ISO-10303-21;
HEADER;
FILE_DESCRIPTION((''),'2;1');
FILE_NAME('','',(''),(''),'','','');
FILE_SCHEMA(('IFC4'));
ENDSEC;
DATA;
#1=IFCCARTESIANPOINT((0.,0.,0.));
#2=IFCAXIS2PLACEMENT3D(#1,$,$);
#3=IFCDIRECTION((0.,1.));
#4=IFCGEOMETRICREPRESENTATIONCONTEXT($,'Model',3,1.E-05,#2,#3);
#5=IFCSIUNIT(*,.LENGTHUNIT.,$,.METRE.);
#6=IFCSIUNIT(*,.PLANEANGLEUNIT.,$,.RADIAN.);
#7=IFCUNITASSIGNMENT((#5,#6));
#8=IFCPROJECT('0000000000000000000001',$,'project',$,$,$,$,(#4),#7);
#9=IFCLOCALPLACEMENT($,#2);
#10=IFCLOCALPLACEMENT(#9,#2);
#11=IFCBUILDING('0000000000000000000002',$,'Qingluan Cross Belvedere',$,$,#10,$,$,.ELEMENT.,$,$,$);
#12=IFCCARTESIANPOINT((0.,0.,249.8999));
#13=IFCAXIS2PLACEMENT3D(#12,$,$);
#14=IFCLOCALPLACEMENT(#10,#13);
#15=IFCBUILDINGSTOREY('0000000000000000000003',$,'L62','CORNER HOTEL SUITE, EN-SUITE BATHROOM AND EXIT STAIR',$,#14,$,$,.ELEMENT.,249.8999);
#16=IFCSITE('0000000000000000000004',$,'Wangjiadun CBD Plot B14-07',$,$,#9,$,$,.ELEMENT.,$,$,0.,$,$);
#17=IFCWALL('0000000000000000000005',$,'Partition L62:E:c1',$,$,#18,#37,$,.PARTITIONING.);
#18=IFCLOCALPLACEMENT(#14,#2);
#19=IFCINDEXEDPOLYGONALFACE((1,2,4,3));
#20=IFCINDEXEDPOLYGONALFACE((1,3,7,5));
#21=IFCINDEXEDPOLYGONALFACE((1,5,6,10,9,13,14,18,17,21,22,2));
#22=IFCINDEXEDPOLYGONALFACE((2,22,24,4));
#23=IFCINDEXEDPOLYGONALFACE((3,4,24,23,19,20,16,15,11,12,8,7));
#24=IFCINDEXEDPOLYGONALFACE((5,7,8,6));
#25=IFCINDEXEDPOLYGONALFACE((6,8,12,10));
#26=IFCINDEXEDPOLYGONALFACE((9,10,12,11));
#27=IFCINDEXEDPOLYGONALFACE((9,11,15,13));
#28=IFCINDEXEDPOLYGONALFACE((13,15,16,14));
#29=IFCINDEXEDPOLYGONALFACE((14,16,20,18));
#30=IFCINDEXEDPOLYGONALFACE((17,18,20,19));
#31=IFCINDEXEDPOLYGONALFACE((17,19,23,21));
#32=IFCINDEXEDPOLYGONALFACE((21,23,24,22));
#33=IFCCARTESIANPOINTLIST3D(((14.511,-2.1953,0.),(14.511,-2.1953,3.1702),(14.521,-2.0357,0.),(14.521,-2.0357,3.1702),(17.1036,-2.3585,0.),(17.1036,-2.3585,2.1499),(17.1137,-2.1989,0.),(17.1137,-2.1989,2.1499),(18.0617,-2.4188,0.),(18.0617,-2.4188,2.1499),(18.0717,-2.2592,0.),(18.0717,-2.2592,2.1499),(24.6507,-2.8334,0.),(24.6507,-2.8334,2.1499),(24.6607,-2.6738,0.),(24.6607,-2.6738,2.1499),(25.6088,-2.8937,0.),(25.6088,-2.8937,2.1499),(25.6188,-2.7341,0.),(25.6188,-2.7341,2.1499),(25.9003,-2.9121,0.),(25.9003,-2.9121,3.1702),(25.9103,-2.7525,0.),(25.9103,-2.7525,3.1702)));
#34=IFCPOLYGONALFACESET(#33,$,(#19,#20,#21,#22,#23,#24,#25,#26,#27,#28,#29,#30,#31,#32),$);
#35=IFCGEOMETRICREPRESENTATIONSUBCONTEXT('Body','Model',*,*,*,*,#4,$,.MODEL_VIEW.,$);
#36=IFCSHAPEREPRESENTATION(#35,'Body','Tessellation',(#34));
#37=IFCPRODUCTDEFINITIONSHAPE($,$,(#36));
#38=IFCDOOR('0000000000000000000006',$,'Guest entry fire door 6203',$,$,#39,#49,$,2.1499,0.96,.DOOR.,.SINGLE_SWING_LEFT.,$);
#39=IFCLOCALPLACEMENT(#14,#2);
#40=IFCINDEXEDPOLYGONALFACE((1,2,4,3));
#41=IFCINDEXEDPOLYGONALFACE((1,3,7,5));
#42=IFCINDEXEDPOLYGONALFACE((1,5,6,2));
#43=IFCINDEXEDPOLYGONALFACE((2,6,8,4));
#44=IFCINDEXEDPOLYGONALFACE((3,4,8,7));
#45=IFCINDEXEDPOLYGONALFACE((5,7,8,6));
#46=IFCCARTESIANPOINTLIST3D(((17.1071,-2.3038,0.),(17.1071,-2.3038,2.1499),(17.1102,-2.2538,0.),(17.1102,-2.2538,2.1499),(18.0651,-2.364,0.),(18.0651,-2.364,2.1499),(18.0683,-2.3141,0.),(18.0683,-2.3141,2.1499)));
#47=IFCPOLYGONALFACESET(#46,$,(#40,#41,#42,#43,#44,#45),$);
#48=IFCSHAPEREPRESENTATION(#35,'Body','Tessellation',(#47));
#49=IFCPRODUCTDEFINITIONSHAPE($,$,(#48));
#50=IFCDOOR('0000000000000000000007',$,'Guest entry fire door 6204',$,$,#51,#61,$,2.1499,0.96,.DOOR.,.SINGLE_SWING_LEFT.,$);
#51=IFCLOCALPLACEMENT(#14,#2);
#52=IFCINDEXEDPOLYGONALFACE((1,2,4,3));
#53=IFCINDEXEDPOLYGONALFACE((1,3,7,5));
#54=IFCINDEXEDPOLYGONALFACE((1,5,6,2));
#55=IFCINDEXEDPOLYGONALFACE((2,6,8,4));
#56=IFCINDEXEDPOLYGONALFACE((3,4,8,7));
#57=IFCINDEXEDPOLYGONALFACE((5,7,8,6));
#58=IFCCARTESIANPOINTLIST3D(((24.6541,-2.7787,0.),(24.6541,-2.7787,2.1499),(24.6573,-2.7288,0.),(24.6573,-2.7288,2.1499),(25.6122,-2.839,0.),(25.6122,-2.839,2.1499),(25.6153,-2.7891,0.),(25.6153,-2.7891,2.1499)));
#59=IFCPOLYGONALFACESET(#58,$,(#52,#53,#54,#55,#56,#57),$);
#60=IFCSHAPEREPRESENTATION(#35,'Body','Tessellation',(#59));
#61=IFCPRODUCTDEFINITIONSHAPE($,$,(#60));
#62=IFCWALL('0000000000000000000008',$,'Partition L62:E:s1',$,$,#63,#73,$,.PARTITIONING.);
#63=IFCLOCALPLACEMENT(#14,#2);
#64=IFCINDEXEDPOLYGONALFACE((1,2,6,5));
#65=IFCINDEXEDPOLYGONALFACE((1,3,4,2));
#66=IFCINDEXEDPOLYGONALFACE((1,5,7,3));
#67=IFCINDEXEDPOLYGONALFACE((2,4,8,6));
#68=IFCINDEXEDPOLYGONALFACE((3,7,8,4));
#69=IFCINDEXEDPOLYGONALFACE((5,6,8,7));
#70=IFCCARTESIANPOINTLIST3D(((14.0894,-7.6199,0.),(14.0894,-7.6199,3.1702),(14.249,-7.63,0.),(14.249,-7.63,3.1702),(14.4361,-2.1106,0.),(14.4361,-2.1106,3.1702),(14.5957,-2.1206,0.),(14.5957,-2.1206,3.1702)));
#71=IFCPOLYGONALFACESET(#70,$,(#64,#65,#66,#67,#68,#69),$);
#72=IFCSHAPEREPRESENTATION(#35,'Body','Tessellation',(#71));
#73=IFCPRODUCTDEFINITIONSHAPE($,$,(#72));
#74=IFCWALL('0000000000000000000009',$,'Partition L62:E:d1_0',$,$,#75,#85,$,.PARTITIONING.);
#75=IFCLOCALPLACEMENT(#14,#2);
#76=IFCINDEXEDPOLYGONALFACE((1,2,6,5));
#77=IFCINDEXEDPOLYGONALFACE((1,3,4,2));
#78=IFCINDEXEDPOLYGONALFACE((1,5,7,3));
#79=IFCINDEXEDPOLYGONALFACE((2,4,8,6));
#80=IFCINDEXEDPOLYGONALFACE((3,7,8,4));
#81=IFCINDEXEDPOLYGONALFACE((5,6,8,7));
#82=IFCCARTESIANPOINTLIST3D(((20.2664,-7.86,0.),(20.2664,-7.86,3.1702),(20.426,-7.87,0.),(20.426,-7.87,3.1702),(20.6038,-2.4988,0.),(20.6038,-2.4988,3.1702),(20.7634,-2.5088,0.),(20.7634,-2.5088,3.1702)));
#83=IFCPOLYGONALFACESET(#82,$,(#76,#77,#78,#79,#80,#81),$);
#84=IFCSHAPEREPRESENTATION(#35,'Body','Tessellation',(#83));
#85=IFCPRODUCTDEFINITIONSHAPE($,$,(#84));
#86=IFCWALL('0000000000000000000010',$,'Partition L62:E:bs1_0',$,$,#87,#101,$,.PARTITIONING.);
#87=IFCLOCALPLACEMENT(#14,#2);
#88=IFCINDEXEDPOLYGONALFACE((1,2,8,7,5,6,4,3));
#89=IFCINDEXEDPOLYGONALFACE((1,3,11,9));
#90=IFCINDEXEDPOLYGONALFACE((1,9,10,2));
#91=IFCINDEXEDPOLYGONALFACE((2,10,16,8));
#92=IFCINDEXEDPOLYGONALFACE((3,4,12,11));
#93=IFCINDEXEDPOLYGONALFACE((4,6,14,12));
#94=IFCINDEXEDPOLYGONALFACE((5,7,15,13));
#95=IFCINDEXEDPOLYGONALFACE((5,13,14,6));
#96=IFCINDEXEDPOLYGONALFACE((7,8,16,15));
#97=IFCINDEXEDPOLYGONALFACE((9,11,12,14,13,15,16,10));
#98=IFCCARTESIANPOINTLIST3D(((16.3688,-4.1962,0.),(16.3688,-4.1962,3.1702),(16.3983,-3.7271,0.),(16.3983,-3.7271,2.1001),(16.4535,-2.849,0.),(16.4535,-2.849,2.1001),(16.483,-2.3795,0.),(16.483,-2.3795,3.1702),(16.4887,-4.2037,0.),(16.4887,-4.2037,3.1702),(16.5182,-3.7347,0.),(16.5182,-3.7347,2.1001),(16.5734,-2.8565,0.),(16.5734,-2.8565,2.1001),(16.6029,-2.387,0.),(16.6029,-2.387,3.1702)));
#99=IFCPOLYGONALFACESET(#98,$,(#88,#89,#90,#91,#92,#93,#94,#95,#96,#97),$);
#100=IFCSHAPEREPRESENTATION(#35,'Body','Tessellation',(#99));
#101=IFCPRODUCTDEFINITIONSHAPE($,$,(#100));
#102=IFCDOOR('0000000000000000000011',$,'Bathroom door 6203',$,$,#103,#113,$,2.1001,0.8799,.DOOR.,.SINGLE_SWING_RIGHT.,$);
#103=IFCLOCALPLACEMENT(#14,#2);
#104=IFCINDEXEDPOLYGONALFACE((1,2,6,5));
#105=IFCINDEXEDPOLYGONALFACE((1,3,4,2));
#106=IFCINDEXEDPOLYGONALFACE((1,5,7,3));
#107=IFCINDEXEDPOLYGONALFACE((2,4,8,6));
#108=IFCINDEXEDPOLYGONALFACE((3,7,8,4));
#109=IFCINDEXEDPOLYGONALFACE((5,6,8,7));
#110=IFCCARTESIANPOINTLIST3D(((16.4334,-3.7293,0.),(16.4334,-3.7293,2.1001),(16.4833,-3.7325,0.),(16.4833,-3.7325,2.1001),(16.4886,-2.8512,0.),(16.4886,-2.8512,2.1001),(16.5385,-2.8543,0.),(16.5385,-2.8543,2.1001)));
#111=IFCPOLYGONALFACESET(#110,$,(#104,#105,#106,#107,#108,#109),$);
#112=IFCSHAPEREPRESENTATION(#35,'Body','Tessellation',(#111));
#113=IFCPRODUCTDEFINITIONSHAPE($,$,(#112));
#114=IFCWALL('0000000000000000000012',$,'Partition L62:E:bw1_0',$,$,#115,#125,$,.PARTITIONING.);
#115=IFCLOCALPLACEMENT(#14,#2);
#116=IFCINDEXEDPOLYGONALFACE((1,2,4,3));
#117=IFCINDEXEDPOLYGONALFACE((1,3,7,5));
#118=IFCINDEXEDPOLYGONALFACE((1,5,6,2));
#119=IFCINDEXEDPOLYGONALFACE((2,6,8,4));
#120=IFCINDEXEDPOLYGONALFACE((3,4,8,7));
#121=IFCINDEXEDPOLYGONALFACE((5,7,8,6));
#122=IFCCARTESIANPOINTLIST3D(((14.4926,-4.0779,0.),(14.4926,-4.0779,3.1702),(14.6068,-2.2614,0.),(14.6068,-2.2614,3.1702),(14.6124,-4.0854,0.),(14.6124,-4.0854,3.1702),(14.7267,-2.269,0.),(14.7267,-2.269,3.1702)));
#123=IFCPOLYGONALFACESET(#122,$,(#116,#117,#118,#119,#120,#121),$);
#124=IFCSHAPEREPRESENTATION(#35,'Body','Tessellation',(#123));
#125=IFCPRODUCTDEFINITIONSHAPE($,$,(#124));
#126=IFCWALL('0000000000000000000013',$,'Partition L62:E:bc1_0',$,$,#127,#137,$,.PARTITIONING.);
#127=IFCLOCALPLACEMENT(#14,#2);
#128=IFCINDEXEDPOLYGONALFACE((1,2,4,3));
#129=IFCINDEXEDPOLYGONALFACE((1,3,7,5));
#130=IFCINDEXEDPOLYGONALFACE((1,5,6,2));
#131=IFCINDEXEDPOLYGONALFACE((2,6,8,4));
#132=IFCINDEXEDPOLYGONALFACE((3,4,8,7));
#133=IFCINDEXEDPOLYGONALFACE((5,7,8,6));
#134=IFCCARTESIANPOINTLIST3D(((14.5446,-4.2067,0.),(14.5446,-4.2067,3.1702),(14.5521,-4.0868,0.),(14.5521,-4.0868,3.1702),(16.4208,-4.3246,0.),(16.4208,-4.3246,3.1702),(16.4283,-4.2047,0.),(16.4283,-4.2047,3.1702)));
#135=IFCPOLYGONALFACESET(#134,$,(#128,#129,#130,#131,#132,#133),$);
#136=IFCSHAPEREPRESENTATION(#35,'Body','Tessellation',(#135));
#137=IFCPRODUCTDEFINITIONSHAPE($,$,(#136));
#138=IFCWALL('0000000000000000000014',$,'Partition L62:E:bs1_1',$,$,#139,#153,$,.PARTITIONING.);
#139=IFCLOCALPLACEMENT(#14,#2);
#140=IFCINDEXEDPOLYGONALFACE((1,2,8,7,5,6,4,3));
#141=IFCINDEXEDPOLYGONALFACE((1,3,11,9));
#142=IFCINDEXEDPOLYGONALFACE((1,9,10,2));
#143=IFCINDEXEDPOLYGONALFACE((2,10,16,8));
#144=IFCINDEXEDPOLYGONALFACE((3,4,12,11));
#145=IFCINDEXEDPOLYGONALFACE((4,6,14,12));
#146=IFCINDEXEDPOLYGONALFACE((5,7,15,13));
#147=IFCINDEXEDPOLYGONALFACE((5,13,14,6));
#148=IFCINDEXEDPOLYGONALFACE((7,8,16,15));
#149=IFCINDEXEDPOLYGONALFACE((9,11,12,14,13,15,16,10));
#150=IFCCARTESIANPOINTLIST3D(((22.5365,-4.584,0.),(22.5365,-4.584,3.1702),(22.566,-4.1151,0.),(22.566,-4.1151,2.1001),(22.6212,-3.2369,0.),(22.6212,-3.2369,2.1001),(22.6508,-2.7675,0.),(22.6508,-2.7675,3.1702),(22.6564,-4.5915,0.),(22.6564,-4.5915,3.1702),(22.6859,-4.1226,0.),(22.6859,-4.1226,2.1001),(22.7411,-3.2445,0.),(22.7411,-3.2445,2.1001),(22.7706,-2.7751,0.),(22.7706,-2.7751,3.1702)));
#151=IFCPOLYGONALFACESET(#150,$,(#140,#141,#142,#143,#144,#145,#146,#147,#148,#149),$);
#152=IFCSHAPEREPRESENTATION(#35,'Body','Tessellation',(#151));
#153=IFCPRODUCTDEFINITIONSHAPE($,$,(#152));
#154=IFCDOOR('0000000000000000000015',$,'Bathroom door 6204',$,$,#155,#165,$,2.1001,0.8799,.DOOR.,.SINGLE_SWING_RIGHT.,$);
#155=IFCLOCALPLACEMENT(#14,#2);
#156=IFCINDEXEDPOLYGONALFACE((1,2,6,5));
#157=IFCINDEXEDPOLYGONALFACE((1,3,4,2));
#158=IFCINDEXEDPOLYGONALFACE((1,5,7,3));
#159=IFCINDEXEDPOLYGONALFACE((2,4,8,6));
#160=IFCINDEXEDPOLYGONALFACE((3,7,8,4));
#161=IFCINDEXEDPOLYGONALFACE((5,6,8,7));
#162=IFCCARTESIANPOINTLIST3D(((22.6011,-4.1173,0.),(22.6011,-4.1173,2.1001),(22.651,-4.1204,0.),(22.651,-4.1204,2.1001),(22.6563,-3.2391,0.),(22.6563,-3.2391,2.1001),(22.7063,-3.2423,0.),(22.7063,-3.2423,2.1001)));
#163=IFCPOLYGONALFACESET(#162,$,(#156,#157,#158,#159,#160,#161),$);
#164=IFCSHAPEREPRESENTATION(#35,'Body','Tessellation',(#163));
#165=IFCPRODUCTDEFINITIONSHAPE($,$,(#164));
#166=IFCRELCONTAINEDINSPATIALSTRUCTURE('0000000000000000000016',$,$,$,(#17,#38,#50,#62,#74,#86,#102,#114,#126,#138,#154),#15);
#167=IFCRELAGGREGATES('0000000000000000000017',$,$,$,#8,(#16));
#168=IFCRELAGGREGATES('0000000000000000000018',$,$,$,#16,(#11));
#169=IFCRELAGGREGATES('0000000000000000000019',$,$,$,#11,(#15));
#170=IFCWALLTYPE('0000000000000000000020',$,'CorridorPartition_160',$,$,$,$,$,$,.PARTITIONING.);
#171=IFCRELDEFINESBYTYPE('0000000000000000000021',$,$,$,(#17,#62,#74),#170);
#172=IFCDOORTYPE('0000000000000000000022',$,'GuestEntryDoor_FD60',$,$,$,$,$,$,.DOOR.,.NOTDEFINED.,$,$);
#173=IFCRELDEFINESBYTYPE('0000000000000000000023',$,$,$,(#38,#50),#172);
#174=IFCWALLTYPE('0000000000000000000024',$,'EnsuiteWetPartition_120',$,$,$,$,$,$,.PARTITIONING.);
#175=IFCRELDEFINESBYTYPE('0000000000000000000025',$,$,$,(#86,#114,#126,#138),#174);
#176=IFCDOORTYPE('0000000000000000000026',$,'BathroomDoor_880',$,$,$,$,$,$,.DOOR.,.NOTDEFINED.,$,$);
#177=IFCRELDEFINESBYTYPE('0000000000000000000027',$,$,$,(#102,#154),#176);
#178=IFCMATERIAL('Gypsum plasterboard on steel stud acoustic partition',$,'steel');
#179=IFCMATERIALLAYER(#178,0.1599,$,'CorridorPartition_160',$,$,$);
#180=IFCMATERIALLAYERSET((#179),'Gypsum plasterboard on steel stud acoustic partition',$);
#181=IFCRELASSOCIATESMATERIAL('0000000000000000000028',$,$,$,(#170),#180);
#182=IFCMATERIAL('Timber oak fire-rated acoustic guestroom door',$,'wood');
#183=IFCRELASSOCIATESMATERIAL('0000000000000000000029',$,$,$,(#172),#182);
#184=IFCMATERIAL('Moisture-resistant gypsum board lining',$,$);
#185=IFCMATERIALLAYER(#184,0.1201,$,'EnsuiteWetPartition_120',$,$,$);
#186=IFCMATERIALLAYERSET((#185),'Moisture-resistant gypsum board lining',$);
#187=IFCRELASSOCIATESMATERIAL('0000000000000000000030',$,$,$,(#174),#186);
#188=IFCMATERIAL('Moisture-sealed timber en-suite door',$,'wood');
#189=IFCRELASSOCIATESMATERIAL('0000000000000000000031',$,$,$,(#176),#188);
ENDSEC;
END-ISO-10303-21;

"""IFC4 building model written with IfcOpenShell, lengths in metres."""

from ifc_helpers import new_model, si_unit, direction, frame, frame_2d, origin, place, context, subcontext, project, spatial, rectangle, extrude, material, layer, layer_set, type_object, element, fill, save


model = new_model("IFC4")

# Units and contexts
model_context = context("Model", 3, precision=1e-05, world=origin(), true_north=direction((0.0, 1.0)))
body_context = subcontext(model_context, "Body", "Model", "MODEL_VIEW")
ifc_project = project(units=[si_unit("LENGTHUNIT", "METRE"), si_unit("PLANEANGLEUNIT", "RADIAN")], contexts=[model_context])

# Site, building, storey
site_placement = place(None, origin())
site = spatial("IfcSite", under=ifc_project, at=site_placement, Name="Wangjiadun CBD Plot B14-07", CompositionType="ELEMENT", RefElevation=0.0)
building_placement = place(site_placement, origin())
building = spatial("IfcBuilding", under=site, at=building_placement, Name="Qingluan Cross Belvedere", CompositionType="ELEMENT")
storey_placement = place(building_placement, frame((0.0, 0.0, 249.8999)))
storey = spatial("IfcBuildingStorey", under=building, at=storey_placement, Name="L62", Description="CORNER HOTEL SUITE, EN-SUITE BATHROOM AND EXIT STAIR", CompositionType="ELEMENT", Elevation=249.8999)

# Shared definitions
ifc_material_1 = material(Name="Gypsum plasterboard on steel stud acoustic partition", Category="steel")
ifc_layer_1 = layer(ifc_material_1, 0.1599, Name="CorridorPartition_160")
ifc_layer_set_1 = layer_set([ifc_layer_1], Name="Gypsum plasterboard on steel stud acoustic partition")
wall_type_1 = type_object("IfcWallType", Name="CorridorPartition_160", PredefinedType="PARTITIONING", material=ifc_layer_set_1)

# Wall, openings, doors
wall_1_placement = place(storey_placement, frame((14.5159, -2.1155, 0.0), z_axis=(0.0, 0.0, 1.0), x_axis=(0.998025, -0.062811, 0.0)))
wall_1 = element("IfcWall", 1, at=wall_1_placement, inside=storey, type_object=wall_type_1, Name="Partition L62:E:c1", PredefinedType="PARTITIONING", context=body_context, shape_type="SweptSolid", body=[
    extrude(rectangle(XDim=11.4119, YDim=0.1599, at=frame_2d((5.7061, 0.0))), origin(), (0.0, 0.0, 1.0), 3.1702),
])
opening_1_placement = place(wall_1_placement, frame((2.5979, 0.0, 0.0)))
opening_1 = element("IfcOpeningElement", 2, at=opening_1_placement, cuts=wall_1, PredefinedType="OPENING", context=body_context, shape_type="SweptSolid", body=[
    extrude(rectangle(XDim=0.96, YDim=2.1499, at=frame_2d((0.48, 1.075))), frame((0.0, 0.0898, 0.0), z_axis=(0.0, -1.0, 0.0), x_axis=(1.0, 0.0, 0.0)), (0.0, 0.0, 1.0), 0.1799),
])
opening_2_placement = place(wall_1_placement, frame((10.1599, 0.0, 0.0)))
opening_2 = element("IfcOpeningElement", 3, at=opening_2_placement, cuts=wall_1, PredefinedType="OPENING", context=body_context, shape_type="SweptSolid", body=[
    extrude(rectangle(XDim=0.96, YDim=2.1499, at=frame_2d((0.48, 1.075))), frame((0.0, 0.0898, 0.0), z_axis=(0.0, -1.0, 0.0), x_axis=(1.0, 0.0, 0.0)), (0.0, 0.0, 1.0), 0.1799),
])
ifc_material_2 = material(Name="Timber oak fire-rated acoustic guestroom door", Category="wood")
door_type_1 = type_object("IfcDoorType", Name="GuestEntryDoor_FD60", OperationType="NOTDEFINED", PredefinedType="DOOR", material=ifc_material_2)
door_1_placement = place(opening_1_placement, origin())
door_1 = element("IfcDoor", 4, at=door_1_placement, inside=storey, type_object=door_type_1, Name="Guest entry fire door 6203", OperationType="SINGLE_SWING_LEFT", OverallHeight=2.1499, OverallWidth=0.96, PredefinedType="DOOR", context=body_context, shape_type="SweptSolid", body=[
    extrude(rectangle(XDim=0.96, YDim=2.1499, at=frame_2d((0.48, 1.075))), frame((0.0, 0.0249, 0.0), z_axis=(0.0, -1.0, 0.0), x_axis=(1.0, 0.0, 0.0)), (0.0, 0.0, 1.0), 0.05),
])
fill(opening_1, door_1)
door_2_placement = place(opening_2_placement, origin())
door_2 = element("IfcDoor", 5, at=door_2_placement, inside=storey, type_object=door_type_1, Name="Guest entry fire door 6204", OperationType="SINGLE_SWING_LEFT", OverallHeight=2.1499, OverallWidth=0.96, PredefinedType="DOOR", context=body_context, shape_type="SweptSolid", body=[
    extrude(rectangle(XDim=0.96, YDim=2.1499, at=frame_2d((0.48, 1.075))), frame((0.0, 0.0249, 0.0), z_axis=(0.0, -1.0, 0.0), x_axis=(1.0, 0.0, 0.0)), (0.0, 0.0, 1.0), 0.05),
])
fill(opening_2, door_2)

# Walls
wall_2_placement = place(storey_placement, frame((14.5159, -2.1155, 0.0), z_axis=(0.0, 0.0, 1.0), x_axis=(-0.062802, -0.998026, 0.0)))
element("IfcWall", 6, at=wall_2_placement, inside=storey, type_object=wall_type_1, Name="Partition L62:E:s1", PredefinedType="PARTITIONING", context=body_context, shape_type="SweptSolid", body=[
    extrude(rectangle(XDim=5.5203, YDim=0.1599, at=frame_2d((2.7603, 0.0))), origin(), (0.0, 0.0, 1.0), 3.1702),
])
wall_3_placement = place(storey_placement, frame((20.6836, -2.5037, 0.0), z_axis=(0.0, 0.0, 1.0), x_axis=(-0.062808, -0.998026, 0.0)))
element("IfcWall", 7, at=wall_3_placement, inside=storey, type_object=wall_type_1, Name="Partition L62:E:d1_0", PredefinedType="PARTITIONING", context=body_context, shape_type="SweptSolid", body=[
    extrude(rectangle(XDim=5.3718, YDim=0.1599, at=frame_2d((2.686, 0.0))), origin(), (0.0, 0.0, 1.0), 3.1702),
])

# Wall, opening, door
ifc_material_3 = material(Name="Moisture-resistant gypsum board lining")
ifc_layer_2 = layer(ifc_material_3, 0.1201, Name="EnsuiteWetPartition_120")
ifc_layer_set_2 = layer_set([ifc_layer_2], Name="Moisture-resistant gypsum board lining")
wall_type_2 = type_object("IfcWallType", Name="EnsuiteWetPartition_120", PredefinedType="PARTITIONING", material=ifc_layer_set_2)
wall_4_placement = place(storey_placement, frame((16.4287, -4.2, 0.0), z_axis=(0.0, 0.0, 1.0), x_axis=(0.062771, 0.998028, 0.0)))
wall_4 = element("IfcWall", 8, at=wall_4_placement, inside=storey, type_object=wall_type_2, Name="Partition L62:E:bs1_0", PredefinedType="PARTITIONING", context=body_context, shape_type="SweptSolid", body=[
    extrude(rectangle(XDim=1.8203, YDim=0.1201, at=frame_2d((0.9102, 0.0))), origin(), (0.0, 0.0, 1.0), 3.1702),
])
opening_3_placement = place(wall_4_placement, frame((0.47, 0.0, 0.0)))
opening_3 = element("IfcOpeningElement", 9, at=opening_3_placement, cuts=wall_4, PredefinedType="OPENING", context=body_context, shape_type="SweptSolid", body=[
    extrude(rectangle(XDim=0.8799, YDim=2.1001, at=frame_2d((0.4399, 1.05))), frame((0.0, 0.0701, 0.0), z_axis=(0.0, -1.0, 0.0), x_axis=(1.0, 0.0, 0.0)), (0.0, 0.0, 1.0), 0.1401),
])
ifc_material_4 = material(Name="Moisture-sealed timber en-suite door", Category="wood")
door_type_2 = type_object("IfcDoorType", Name="BathroomDoor_880", OperationType="NOTDEFINED", PredefinedType="DOOR", material=ifc_material_4)
door_3_placement = place(opening_3_placement, origin())
door_3 = element("IfcDoor", 10, at=door_3_placement, inside=storey, type_object=door_type_2, Name="Bathroom door 6203", OperationType="SINGLE_SWING_RIGHT", OverallHeight=2.1001, OverallWidth=0.8799, PredefinedType="DOOR", context=body_context, shape_type="SweptSolid", body=[
    extrude(rectangle(XDim=0.8799, YDim=2.1001, at=frame_2d((0.4399, 1.05))), frame((0.0, 0.0249, 0.0), z_axis=(0.0, -1.0, 0.0), x_axis=(1.0, 0.0, 0.0)), (0.0, 0.0, 1.0), 0.05),
])
fill(opening_3, door_3)

# Walls
wall_5_placement = place(storey_placement, frame((14.5525, -4.0818, 0.0), z_axis=(0.0, 0.0, 1.0), x_axis=(0.062779, 0.998027, 0.0)))
element("IfcWall", 11, at=wall_5_placement, inside=storey, type_object=wall_type_2, Name="Partition L62:E:bw1_0", PredefinedType="PARTITIONING", context=body_context, shape_type="SweptSolid", body=[
    extrude(rectangle(XDim=1.8201, YDim=0.1201, at=frame_2d((0.9102, 0.0))), origin(), (0.0, 0.0, 1.0), 3.1702),
])
wall_6_placement = place(storey_placement, frame((14.5483, -4.1467, 0.0), z_axis=(0.0, 0.0, 1.0), x_axis=(0.998031, -0.062726, 0.0)))
element("IfcWall", 12, at=wall_6_placement, inside=storey, type_object=wall_type_2, Name="Partition L62:E:bc1_0", PredefinedType="PARTITIONING", context=body_context, shape_type="SweptSolid", body=[
    extrude(rectangle(XDim=1.8799, YDim=0.1201, at=frame_2d((0.9399, 0.0))), origin(), (0.0, 0.0, 1.0), 3.1702),
])

# Wall, opening, door
wall_7_placement = place(storey_placement, frame((22.5964, -4.5879, 0.0), z_axis=(0.0, 0.0, 1.0), x_axis=(0.062779, 0.998027, 0.0)))
wall_7 = element("IfcWall", 13, at=wall_7_placement, inside=storey, type_object=wall_type_2, Name="Partition L62:E:bs1_1", PredefinedType="PARTITIONING", context=body_context, shape_type="SweptSolid", body=[
    extrude(rectangle(XDim=1.8201, YDim=0.1201, at=frame_2d((0.9102, 0.0))), origin(), (0.0, 0.0, 1.0), 3.1702),
])
opening_4_placement = place(wall_7_placement, frame((0.47, 0.0, 0.0)))
opening_4 = element("IfcOpeningElement", 14, at=opening_4_placement, cuts=wall_7, PredefinedType="OPENING", context=body_context, shape_type="SweptSolid", body=[
    extrude(rectangle(XDim=0.8799, YDim=2.1001, at=frame_2d((0.4399, 1.05))), frame((0.0, 0.0701, 0.0), z_axis=(0.0, -1.0, 0.0), x_axis=(1.0, 0.0, 0.0)), (0.0, 0.0, 1.0), 0.1401),
])
door_4_placement = place(opening_4_placement, origin())
door_4 = element("IfcDoor", 15, at=door_4_placement, inside=storey, type_object=door_type_2, Name="Bathroom door 6204", OperationType="SINGLE_SWING_RIGHT", OverallHeight=2.1001, OverallWidth=0.8799, PredefinedType="DOOR", context=body_context, shape_type="SweptSolid", body=[
    extrude(rectangle(XDim=0.8799, YDim=2.1001, at=frame_2d((0.4399, 1.05))), frame((0.0, 0.0249, 0.0), z_axis=(0.0, -1.0, 0.0), x_axis=(1.0, 0.0, 0.0)), (0.0, 0.0, 1.0), 0.05),
])
fill(opening_4, door_4)

save(model, "model.ifc")
